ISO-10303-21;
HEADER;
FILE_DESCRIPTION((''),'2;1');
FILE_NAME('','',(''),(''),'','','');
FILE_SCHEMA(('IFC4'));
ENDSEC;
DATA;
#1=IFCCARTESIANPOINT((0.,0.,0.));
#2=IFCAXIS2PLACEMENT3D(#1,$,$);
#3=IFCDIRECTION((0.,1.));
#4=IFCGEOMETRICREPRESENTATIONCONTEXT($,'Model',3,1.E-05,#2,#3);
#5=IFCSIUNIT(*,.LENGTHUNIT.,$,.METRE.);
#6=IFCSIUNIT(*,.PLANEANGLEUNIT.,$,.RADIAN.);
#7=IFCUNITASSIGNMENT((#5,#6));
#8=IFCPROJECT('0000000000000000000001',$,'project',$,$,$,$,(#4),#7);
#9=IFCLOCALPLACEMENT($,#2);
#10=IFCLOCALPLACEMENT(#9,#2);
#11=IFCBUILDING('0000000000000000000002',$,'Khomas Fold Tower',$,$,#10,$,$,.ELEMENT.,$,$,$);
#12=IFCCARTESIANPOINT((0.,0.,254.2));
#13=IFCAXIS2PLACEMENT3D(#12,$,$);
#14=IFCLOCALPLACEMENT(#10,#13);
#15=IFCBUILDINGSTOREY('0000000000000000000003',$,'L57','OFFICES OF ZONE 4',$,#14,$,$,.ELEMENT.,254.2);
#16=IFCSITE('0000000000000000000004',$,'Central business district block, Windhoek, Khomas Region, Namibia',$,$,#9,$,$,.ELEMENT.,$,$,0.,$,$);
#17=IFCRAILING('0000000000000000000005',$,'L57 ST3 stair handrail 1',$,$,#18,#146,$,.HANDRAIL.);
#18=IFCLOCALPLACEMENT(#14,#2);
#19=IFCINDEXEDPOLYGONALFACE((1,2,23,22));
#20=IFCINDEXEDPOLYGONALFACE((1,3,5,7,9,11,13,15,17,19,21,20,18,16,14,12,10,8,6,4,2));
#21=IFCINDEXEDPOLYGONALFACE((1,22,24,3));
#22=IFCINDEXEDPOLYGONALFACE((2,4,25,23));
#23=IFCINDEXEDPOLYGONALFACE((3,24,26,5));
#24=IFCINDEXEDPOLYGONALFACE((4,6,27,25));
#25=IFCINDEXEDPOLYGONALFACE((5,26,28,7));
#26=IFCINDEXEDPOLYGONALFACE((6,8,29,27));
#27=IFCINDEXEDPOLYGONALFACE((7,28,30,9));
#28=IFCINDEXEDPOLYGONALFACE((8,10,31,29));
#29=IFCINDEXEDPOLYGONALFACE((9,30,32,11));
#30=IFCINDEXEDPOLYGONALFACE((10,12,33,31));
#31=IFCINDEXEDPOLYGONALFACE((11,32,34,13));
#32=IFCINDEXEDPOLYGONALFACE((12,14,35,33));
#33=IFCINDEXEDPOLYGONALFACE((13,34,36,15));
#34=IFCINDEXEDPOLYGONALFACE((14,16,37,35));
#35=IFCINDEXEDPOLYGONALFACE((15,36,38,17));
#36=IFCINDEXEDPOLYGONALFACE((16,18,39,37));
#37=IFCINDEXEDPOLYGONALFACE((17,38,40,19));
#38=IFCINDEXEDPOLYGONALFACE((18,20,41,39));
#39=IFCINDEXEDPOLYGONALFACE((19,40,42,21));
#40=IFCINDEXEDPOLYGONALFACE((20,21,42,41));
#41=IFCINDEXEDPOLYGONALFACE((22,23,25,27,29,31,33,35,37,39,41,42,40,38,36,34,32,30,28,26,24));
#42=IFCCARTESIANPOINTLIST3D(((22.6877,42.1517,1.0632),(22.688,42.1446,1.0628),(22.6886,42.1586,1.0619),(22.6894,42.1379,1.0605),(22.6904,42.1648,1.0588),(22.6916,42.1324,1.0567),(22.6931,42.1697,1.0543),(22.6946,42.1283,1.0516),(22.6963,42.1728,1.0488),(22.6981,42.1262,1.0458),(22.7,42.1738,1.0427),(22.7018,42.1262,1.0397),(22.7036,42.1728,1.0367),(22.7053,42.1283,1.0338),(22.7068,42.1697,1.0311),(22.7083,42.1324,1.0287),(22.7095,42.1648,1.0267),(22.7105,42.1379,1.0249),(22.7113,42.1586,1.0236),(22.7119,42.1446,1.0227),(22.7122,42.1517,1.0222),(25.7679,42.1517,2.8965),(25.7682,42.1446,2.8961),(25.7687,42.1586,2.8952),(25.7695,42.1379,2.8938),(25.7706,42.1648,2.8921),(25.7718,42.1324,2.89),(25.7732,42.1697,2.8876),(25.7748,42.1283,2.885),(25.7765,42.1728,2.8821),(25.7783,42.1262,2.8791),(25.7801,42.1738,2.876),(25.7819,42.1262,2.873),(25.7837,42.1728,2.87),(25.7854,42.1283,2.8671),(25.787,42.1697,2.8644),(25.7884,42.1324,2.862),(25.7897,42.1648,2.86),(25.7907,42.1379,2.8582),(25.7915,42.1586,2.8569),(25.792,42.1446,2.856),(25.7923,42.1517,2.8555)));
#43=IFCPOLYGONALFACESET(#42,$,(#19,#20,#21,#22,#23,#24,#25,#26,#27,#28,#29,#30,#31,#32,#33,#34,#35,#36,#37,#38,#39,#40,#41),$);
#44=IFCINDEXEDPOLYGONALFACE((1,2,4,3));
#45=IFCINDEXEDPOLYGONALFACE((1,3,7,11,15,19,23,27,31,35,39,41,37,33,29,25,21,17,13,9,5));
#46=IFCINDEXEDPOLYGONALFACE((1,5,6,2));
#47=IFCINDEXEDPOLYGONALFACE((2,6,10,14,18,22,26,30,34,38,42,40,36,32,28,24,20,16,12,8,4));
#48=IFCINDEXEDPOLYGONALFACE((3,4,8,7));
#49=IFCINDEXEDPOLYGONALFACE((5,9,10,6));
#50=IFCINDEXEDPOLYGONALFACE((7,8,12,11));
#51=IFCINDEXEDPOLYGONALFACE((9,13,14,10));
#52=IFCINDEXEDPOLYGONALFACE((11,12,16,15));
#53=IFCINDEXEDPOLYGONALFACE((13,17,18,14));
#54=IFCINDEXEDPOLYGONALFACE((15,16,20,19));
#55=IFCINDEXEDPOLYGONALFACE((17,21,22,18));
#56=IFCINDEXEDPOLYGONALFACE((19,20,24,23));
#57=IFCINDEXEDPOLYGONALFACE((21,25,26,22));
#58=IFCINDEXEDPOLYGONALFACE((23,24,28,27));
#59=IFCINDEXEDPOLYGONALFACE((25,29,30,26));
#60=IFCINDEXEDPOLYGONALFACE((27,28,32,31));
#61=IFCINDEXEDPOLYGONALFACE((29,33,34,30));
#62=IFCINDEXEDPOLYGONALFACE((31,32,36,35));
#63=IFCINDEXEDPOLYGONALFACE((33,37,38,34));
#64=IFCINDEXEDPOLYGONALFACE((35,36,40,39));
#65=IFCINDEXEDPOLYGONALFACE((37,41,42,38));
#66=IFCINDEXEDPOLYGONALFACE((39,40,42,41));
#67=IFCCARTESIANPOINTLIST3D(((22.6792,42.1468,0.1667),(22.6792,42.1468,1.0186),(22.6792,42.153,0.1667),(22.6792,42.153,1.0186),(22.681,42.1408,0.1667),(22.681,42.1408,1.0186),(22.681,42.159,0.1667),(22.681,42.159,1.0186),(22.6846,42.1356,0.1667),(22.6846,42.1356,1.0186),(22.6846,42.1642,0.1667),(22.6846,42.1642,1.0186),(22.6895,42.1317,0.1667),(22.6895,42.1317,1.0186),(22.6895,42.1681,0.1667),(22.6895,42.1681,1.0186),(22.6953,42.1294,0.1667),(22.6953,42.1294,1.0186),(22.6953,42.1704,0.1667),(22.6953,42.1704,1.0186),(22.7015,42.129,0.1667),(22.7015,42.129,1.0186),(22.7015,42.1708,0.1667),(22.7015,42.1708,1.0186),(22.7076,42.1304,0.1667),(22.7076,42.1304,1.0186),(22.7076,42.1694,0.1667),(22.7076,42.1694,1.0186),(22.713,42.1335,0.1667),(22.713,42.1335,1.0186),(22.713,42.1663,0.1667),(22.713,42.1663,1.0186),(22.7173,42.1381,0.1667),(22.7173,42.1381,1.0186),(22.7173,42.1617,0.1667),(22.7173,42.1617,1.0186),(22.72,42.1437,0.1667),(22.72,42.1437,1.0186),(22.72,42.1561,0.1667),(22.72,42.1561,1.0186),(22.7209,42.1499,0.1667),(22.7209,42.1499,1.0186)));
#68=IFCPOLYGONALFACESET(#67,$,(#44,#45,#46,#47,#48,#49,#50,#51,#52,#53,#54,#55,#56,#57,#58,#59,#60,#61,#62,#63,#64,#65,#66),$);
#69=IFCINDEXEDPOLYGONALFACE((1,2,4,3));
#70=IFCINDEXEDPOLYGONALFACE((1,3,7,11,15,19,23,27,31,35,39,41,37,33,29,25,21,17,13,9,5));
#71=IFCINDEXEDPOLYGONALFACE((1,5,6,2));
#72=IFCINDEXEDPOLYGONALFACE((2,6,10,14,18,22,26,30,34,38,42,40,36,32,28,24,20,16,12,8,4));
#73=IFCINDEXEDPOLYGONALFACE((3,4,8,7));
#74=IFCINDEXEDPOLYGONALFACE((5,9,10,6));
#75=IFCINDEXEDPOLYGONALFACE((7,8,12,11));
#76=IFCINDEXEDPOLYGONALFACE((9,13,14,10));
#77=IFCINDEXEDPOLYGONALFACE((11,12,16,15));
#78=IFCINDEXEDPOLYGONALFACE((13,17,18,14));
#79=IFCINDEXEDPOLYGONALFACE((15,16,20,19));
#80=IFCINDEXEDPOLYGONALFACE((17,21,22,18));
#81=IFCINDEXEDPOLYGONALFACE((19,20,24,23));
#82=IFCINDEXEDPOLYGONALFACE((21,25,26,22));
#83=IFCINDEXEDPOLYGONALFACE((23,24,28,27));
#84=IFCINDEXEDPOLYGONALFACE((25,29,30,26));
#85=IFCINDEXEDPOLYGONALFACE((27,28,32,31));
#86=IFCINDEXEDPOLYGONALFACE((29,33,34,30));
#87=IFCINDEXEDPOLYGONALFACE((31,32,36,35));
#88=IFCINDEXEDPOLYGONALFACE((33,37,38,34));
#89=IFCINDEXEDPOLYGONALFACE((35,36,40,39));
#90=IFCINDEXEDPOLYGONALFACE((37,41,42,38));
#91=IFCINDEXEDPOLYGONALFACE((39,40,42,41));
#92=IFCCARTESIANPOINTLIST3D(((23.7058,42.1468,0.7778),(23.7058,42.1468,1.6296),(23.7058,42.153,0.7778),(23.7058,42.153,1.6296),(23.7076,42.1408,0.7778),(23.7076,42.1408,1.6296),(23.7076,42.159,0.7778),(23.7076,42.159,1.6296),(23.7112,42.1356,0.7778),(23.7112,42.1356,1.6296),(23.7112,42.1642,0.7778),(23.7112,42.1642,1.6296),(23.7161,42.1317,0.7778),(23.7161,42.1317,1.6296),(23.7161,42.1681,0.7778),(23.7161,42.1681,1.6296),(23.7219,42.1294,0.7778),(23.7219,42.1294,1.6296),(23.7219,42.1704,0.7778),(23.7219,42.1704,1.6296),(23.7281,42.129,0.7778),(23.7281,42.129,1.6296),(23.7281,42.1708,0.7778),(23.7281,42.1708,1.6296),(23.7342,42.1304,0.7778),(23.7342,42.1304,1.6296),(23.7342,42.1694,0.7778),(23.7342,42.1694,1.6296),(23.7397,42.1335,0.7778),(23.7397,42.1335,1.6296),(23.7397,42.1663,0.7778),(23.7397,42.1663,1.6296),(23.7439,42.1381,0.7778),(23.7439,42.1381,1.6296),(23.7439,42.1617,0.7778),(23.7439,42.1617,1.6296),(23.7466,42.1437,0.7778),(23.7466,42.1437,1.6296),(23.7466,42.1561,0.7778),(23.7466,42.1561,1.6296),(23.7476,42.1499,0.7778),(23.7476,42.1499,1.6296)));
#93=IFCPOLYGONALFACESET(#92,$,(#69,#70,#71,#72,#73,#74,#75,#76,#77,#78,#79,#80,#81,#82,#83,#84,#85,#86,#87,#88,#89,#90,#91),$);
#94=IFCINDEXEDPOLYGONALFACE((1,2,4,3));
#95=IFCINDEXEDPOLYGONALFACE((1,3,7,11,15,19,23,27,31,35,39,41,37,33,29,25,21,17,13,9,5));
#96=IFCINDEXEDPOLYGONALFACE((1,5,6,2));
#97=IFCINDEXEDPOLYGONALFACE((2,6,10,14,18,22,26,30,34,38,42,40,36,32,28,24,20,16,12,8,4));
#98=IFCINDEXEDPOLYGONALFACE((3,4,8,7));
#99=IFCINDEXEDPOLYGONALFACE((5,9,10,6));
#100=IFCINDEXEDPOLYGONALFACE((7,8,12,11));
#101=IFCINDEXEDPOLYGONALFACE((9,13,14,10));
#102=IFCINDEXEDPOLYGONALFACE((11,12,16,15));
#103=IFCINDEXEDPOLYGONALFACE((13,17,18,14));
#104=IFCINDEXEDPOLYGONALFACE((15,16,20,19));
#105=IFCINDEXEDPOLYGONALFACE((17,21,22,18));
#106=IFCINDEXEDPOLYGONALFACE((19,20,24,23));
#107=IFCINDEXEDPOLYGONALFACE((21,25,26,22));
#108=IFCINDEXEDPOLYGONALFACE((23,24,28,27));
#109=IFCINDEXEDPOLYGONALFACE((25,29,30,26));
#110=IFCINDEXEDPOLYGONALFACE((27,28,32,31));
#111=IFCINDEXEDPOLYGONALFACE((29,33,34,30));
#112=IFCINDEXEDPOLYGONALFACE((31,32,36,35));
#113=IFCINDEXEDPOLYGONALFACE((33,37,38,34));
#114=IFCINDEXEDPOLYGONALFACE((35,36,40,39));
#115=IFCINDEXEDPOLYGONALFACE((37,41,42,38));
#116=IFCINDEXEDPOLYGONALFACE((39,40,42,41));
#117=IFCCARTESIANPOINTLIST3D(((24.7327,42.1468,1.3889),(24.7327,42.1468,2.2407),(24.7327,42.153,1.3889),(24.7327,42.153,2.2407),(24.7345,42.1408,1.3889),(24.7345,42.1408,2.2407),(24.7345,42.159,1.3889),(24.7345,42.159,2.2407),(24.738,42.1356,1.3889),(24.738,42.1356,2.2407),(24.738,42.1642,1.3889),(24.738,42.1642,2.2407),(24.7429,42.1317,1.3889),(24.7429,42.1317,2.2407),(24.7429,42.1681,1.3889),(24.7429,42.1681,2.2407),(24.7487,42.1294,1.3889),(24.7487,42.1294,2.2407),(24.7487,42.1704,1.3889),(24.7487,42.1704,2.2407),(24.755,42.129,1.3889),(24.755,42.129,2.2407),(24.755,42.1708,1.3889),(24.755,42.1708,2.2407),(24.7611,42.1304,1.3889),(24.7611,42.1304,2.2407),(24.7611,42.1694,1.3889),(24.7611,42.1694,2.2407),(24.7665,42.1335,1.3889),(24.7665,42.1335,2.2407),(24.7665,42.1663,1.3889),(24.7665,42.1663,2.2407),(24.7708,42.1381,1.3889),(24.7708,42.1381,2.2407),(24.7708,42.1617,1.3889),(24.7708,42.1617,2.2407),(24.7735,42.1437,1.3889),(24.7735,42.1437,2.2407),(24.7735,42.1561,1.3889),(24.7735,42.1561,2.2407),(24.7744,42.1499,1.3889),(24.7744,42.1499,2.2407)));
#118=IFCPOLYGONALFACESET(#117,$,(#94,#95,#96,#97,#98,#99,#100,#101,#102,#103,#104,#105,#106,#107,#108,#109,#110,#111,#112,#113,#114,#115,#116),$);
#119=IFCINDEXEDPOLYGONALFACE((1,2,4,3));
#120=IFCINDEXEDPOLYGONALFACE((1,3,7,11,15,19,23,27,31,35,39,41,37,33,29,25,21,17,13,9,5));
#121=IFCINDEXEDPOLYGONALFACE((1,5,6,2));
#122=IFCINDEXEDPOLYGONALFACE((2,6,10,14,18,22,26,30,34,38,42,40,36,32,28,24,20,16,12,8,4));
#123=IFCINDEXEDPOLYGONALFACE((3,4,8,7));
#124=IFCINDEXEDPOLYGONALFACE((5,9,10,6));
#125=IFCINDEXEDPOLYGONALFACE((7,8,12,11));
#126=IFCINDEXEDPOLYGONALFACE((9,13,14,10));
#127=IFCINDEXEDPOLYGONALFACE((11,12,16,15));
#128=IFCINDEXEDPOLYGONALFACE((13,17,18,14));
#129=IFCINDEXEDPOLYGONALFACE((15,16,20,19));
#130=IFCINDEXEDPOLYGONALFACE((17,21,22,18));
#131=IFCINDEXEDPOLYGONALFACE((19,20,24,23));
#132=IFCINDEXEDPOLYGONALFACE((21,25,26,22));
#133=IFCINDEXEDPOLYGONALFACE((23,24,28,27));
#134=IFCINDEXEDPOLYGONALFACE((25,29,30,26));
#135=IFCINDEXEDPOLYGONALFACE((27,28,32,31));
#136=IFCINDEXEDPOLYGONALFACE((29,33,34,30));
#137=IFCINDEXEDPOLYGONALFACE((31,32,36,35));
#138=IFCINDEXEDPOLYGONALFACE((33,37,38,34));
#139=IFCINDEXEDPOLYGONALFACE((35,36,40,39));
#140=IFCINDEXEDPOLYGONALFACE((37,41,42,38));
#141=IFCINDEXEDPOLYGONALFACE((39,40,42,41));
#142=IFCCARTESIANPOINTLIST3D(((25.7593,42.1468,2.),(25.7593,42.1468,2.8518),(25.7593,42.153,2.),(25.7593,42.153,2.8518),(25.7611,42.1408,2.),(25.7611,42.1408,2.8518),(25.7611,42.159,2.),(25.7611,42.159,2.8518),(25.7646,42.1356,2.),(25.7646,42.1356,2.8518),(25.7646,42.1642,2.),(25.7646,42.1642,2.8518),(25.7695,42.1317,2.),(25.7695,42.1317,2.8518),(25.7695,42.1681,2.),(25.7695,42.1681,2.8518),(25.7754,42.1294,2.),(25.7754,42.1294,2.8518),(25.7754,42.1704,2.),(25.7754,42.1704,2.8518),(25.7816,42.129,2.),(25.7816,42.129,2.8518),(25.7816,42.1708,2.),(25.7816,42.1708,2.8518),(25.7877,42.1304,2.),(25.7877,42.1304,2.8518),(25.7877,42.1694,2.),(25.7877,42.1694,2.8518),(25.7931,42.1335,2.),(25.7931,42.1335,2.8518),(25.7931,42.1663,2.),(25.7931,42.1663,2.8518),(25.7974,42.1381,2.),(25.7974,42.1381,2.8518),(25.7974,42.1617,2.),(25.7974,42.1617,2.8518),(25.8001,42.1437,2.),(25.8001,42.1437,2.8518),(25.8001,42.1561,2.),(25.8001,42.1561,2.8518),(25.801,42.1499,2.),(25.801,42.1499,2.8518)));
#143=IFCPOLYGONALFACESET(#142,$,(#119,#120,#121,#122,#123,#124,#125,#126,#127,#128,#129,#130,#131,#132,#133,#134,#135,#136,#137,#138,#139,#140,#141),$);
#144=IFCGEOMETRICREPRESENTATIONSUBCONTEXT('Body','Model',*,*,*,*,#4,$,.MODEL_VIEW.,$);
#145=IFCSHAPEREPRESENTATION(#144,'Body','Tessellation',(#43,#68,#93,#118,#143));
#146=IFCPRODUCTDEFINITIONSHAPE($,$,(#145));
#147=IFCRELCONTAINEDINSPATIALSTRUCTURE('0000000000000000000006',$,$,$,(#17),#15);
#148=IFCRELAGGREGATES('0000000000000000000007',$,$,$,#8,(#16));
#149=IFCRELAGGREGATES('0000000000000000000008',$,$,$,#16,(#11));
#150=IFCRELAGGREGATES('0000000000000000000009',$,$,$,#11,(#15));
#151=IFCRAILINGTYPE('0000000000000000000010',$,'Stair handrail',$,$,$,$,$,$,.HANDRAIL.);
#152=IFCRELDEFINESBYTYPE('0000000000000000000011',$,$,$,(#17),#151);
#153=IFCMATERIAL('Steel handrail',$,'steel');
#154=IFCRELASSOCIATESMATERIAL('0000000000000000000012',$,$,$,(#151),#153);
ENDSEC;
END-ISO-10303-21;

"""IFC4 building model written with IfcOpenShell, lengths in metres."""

from ifc_helpers import new_model, si_unit, direction, frame, origin, origin_2d, place, context, subcontext, project, spatial, circle, extrude, source, transform, mapped, material, type_object, element, save


model = new_model("IFC4")

# Units and contexts
model_context = context("Model", 3, precision=1e-05, world=origin(), true_north=direction((0.0, 1.0)))
body_context = subcontext(model_context, "Body", "Model", "MODEL_VIEW")
ifc_project = project(units=[si_unit("LENGTHUNIT", "METRE"), si_unit("PLANEANGLEUNIT", "RADIAN")], contexts=[model_context])

# Site, building, storey
site_placement = place(None, origin())
site = spatial("IfcSite", under=ifc_project, at=site_placement, Name="Central business district block, Windhoek, Khomas Region, Namibia", CompositionType="ELEMENT", RefElevation=0.0)
building_placement = place(site_placement, origin())
building = spatial("IfcBuilding", under=site, at=building_placement, Name="Khomas Fold Tower", CompositionType="ELEMENT")
storey_placement = place(building_placement, frame((0.0, 0.0, 254.2)))
storey = spatial("IfcBuildingStorey", under=building, at=storey_placement, Name="L57", Description="OFFICES OF ZONE 4", CompositionType="ELEMENT", Elevation=254.2)

# Railing
ifc_material_1 = material(Name="Steel handrail", Category="steel")
railing_type_1 = type_object("IfcRailingType", Name="Stair handrail", PredefinedType="HANDRAIL", material=ifc_material_1)
shared_shape_1 = source(origin(), body_context, "Body", "SweptSolid", [
    extrude(circle(Radius=0.0239, at=origin_2d()), frame((0.0, 0.0, 0.876), z_axis=(0.859309, 0.0, 0.511458), x_axis=(0.0, 1.0, 0.0)), (0.0, 0.0, 1.0), 3.5845),
    extrude(circle(Radius=0.021, at=origin_2d()), origin(), (0.0, 0.0, 1.0), 0.8518),
    extrude(circle(Radius=0.021, at=origin_2d()), frame((1.0266, 0.0, 0.6111)), (0.0, 0.0, 1.0), 0.8518),
    extrude(circle(Radius=0.021, at=origin_2d()), frame((2.0535, 0.0, 1.2222)), (0.0, 0.0, 1.0), 0.8518),
    extrude(circle(Radius=0.021, at=origin_2d()), frame((3.0801, 0.0, 1.8333)), (0.0, 0.0, 1.0), 0.8518),
])
railing_1_placement = place(storey_placement, frame((22.7, 42.1499, 0.1667)))
element("IfcRailing", 1, at=railing_1_placement, inside=storey, type_object=railing_type_1, Name="L57 ST3 stair handrail 1", PredefinedType="HANDRAIL", context=body_context, shape_type="MappedRepresentation", body=[
    mapped(shared_shape_1, transform((0.0, 0.0, 0.0))),
])

save(model, "model.ifc")
